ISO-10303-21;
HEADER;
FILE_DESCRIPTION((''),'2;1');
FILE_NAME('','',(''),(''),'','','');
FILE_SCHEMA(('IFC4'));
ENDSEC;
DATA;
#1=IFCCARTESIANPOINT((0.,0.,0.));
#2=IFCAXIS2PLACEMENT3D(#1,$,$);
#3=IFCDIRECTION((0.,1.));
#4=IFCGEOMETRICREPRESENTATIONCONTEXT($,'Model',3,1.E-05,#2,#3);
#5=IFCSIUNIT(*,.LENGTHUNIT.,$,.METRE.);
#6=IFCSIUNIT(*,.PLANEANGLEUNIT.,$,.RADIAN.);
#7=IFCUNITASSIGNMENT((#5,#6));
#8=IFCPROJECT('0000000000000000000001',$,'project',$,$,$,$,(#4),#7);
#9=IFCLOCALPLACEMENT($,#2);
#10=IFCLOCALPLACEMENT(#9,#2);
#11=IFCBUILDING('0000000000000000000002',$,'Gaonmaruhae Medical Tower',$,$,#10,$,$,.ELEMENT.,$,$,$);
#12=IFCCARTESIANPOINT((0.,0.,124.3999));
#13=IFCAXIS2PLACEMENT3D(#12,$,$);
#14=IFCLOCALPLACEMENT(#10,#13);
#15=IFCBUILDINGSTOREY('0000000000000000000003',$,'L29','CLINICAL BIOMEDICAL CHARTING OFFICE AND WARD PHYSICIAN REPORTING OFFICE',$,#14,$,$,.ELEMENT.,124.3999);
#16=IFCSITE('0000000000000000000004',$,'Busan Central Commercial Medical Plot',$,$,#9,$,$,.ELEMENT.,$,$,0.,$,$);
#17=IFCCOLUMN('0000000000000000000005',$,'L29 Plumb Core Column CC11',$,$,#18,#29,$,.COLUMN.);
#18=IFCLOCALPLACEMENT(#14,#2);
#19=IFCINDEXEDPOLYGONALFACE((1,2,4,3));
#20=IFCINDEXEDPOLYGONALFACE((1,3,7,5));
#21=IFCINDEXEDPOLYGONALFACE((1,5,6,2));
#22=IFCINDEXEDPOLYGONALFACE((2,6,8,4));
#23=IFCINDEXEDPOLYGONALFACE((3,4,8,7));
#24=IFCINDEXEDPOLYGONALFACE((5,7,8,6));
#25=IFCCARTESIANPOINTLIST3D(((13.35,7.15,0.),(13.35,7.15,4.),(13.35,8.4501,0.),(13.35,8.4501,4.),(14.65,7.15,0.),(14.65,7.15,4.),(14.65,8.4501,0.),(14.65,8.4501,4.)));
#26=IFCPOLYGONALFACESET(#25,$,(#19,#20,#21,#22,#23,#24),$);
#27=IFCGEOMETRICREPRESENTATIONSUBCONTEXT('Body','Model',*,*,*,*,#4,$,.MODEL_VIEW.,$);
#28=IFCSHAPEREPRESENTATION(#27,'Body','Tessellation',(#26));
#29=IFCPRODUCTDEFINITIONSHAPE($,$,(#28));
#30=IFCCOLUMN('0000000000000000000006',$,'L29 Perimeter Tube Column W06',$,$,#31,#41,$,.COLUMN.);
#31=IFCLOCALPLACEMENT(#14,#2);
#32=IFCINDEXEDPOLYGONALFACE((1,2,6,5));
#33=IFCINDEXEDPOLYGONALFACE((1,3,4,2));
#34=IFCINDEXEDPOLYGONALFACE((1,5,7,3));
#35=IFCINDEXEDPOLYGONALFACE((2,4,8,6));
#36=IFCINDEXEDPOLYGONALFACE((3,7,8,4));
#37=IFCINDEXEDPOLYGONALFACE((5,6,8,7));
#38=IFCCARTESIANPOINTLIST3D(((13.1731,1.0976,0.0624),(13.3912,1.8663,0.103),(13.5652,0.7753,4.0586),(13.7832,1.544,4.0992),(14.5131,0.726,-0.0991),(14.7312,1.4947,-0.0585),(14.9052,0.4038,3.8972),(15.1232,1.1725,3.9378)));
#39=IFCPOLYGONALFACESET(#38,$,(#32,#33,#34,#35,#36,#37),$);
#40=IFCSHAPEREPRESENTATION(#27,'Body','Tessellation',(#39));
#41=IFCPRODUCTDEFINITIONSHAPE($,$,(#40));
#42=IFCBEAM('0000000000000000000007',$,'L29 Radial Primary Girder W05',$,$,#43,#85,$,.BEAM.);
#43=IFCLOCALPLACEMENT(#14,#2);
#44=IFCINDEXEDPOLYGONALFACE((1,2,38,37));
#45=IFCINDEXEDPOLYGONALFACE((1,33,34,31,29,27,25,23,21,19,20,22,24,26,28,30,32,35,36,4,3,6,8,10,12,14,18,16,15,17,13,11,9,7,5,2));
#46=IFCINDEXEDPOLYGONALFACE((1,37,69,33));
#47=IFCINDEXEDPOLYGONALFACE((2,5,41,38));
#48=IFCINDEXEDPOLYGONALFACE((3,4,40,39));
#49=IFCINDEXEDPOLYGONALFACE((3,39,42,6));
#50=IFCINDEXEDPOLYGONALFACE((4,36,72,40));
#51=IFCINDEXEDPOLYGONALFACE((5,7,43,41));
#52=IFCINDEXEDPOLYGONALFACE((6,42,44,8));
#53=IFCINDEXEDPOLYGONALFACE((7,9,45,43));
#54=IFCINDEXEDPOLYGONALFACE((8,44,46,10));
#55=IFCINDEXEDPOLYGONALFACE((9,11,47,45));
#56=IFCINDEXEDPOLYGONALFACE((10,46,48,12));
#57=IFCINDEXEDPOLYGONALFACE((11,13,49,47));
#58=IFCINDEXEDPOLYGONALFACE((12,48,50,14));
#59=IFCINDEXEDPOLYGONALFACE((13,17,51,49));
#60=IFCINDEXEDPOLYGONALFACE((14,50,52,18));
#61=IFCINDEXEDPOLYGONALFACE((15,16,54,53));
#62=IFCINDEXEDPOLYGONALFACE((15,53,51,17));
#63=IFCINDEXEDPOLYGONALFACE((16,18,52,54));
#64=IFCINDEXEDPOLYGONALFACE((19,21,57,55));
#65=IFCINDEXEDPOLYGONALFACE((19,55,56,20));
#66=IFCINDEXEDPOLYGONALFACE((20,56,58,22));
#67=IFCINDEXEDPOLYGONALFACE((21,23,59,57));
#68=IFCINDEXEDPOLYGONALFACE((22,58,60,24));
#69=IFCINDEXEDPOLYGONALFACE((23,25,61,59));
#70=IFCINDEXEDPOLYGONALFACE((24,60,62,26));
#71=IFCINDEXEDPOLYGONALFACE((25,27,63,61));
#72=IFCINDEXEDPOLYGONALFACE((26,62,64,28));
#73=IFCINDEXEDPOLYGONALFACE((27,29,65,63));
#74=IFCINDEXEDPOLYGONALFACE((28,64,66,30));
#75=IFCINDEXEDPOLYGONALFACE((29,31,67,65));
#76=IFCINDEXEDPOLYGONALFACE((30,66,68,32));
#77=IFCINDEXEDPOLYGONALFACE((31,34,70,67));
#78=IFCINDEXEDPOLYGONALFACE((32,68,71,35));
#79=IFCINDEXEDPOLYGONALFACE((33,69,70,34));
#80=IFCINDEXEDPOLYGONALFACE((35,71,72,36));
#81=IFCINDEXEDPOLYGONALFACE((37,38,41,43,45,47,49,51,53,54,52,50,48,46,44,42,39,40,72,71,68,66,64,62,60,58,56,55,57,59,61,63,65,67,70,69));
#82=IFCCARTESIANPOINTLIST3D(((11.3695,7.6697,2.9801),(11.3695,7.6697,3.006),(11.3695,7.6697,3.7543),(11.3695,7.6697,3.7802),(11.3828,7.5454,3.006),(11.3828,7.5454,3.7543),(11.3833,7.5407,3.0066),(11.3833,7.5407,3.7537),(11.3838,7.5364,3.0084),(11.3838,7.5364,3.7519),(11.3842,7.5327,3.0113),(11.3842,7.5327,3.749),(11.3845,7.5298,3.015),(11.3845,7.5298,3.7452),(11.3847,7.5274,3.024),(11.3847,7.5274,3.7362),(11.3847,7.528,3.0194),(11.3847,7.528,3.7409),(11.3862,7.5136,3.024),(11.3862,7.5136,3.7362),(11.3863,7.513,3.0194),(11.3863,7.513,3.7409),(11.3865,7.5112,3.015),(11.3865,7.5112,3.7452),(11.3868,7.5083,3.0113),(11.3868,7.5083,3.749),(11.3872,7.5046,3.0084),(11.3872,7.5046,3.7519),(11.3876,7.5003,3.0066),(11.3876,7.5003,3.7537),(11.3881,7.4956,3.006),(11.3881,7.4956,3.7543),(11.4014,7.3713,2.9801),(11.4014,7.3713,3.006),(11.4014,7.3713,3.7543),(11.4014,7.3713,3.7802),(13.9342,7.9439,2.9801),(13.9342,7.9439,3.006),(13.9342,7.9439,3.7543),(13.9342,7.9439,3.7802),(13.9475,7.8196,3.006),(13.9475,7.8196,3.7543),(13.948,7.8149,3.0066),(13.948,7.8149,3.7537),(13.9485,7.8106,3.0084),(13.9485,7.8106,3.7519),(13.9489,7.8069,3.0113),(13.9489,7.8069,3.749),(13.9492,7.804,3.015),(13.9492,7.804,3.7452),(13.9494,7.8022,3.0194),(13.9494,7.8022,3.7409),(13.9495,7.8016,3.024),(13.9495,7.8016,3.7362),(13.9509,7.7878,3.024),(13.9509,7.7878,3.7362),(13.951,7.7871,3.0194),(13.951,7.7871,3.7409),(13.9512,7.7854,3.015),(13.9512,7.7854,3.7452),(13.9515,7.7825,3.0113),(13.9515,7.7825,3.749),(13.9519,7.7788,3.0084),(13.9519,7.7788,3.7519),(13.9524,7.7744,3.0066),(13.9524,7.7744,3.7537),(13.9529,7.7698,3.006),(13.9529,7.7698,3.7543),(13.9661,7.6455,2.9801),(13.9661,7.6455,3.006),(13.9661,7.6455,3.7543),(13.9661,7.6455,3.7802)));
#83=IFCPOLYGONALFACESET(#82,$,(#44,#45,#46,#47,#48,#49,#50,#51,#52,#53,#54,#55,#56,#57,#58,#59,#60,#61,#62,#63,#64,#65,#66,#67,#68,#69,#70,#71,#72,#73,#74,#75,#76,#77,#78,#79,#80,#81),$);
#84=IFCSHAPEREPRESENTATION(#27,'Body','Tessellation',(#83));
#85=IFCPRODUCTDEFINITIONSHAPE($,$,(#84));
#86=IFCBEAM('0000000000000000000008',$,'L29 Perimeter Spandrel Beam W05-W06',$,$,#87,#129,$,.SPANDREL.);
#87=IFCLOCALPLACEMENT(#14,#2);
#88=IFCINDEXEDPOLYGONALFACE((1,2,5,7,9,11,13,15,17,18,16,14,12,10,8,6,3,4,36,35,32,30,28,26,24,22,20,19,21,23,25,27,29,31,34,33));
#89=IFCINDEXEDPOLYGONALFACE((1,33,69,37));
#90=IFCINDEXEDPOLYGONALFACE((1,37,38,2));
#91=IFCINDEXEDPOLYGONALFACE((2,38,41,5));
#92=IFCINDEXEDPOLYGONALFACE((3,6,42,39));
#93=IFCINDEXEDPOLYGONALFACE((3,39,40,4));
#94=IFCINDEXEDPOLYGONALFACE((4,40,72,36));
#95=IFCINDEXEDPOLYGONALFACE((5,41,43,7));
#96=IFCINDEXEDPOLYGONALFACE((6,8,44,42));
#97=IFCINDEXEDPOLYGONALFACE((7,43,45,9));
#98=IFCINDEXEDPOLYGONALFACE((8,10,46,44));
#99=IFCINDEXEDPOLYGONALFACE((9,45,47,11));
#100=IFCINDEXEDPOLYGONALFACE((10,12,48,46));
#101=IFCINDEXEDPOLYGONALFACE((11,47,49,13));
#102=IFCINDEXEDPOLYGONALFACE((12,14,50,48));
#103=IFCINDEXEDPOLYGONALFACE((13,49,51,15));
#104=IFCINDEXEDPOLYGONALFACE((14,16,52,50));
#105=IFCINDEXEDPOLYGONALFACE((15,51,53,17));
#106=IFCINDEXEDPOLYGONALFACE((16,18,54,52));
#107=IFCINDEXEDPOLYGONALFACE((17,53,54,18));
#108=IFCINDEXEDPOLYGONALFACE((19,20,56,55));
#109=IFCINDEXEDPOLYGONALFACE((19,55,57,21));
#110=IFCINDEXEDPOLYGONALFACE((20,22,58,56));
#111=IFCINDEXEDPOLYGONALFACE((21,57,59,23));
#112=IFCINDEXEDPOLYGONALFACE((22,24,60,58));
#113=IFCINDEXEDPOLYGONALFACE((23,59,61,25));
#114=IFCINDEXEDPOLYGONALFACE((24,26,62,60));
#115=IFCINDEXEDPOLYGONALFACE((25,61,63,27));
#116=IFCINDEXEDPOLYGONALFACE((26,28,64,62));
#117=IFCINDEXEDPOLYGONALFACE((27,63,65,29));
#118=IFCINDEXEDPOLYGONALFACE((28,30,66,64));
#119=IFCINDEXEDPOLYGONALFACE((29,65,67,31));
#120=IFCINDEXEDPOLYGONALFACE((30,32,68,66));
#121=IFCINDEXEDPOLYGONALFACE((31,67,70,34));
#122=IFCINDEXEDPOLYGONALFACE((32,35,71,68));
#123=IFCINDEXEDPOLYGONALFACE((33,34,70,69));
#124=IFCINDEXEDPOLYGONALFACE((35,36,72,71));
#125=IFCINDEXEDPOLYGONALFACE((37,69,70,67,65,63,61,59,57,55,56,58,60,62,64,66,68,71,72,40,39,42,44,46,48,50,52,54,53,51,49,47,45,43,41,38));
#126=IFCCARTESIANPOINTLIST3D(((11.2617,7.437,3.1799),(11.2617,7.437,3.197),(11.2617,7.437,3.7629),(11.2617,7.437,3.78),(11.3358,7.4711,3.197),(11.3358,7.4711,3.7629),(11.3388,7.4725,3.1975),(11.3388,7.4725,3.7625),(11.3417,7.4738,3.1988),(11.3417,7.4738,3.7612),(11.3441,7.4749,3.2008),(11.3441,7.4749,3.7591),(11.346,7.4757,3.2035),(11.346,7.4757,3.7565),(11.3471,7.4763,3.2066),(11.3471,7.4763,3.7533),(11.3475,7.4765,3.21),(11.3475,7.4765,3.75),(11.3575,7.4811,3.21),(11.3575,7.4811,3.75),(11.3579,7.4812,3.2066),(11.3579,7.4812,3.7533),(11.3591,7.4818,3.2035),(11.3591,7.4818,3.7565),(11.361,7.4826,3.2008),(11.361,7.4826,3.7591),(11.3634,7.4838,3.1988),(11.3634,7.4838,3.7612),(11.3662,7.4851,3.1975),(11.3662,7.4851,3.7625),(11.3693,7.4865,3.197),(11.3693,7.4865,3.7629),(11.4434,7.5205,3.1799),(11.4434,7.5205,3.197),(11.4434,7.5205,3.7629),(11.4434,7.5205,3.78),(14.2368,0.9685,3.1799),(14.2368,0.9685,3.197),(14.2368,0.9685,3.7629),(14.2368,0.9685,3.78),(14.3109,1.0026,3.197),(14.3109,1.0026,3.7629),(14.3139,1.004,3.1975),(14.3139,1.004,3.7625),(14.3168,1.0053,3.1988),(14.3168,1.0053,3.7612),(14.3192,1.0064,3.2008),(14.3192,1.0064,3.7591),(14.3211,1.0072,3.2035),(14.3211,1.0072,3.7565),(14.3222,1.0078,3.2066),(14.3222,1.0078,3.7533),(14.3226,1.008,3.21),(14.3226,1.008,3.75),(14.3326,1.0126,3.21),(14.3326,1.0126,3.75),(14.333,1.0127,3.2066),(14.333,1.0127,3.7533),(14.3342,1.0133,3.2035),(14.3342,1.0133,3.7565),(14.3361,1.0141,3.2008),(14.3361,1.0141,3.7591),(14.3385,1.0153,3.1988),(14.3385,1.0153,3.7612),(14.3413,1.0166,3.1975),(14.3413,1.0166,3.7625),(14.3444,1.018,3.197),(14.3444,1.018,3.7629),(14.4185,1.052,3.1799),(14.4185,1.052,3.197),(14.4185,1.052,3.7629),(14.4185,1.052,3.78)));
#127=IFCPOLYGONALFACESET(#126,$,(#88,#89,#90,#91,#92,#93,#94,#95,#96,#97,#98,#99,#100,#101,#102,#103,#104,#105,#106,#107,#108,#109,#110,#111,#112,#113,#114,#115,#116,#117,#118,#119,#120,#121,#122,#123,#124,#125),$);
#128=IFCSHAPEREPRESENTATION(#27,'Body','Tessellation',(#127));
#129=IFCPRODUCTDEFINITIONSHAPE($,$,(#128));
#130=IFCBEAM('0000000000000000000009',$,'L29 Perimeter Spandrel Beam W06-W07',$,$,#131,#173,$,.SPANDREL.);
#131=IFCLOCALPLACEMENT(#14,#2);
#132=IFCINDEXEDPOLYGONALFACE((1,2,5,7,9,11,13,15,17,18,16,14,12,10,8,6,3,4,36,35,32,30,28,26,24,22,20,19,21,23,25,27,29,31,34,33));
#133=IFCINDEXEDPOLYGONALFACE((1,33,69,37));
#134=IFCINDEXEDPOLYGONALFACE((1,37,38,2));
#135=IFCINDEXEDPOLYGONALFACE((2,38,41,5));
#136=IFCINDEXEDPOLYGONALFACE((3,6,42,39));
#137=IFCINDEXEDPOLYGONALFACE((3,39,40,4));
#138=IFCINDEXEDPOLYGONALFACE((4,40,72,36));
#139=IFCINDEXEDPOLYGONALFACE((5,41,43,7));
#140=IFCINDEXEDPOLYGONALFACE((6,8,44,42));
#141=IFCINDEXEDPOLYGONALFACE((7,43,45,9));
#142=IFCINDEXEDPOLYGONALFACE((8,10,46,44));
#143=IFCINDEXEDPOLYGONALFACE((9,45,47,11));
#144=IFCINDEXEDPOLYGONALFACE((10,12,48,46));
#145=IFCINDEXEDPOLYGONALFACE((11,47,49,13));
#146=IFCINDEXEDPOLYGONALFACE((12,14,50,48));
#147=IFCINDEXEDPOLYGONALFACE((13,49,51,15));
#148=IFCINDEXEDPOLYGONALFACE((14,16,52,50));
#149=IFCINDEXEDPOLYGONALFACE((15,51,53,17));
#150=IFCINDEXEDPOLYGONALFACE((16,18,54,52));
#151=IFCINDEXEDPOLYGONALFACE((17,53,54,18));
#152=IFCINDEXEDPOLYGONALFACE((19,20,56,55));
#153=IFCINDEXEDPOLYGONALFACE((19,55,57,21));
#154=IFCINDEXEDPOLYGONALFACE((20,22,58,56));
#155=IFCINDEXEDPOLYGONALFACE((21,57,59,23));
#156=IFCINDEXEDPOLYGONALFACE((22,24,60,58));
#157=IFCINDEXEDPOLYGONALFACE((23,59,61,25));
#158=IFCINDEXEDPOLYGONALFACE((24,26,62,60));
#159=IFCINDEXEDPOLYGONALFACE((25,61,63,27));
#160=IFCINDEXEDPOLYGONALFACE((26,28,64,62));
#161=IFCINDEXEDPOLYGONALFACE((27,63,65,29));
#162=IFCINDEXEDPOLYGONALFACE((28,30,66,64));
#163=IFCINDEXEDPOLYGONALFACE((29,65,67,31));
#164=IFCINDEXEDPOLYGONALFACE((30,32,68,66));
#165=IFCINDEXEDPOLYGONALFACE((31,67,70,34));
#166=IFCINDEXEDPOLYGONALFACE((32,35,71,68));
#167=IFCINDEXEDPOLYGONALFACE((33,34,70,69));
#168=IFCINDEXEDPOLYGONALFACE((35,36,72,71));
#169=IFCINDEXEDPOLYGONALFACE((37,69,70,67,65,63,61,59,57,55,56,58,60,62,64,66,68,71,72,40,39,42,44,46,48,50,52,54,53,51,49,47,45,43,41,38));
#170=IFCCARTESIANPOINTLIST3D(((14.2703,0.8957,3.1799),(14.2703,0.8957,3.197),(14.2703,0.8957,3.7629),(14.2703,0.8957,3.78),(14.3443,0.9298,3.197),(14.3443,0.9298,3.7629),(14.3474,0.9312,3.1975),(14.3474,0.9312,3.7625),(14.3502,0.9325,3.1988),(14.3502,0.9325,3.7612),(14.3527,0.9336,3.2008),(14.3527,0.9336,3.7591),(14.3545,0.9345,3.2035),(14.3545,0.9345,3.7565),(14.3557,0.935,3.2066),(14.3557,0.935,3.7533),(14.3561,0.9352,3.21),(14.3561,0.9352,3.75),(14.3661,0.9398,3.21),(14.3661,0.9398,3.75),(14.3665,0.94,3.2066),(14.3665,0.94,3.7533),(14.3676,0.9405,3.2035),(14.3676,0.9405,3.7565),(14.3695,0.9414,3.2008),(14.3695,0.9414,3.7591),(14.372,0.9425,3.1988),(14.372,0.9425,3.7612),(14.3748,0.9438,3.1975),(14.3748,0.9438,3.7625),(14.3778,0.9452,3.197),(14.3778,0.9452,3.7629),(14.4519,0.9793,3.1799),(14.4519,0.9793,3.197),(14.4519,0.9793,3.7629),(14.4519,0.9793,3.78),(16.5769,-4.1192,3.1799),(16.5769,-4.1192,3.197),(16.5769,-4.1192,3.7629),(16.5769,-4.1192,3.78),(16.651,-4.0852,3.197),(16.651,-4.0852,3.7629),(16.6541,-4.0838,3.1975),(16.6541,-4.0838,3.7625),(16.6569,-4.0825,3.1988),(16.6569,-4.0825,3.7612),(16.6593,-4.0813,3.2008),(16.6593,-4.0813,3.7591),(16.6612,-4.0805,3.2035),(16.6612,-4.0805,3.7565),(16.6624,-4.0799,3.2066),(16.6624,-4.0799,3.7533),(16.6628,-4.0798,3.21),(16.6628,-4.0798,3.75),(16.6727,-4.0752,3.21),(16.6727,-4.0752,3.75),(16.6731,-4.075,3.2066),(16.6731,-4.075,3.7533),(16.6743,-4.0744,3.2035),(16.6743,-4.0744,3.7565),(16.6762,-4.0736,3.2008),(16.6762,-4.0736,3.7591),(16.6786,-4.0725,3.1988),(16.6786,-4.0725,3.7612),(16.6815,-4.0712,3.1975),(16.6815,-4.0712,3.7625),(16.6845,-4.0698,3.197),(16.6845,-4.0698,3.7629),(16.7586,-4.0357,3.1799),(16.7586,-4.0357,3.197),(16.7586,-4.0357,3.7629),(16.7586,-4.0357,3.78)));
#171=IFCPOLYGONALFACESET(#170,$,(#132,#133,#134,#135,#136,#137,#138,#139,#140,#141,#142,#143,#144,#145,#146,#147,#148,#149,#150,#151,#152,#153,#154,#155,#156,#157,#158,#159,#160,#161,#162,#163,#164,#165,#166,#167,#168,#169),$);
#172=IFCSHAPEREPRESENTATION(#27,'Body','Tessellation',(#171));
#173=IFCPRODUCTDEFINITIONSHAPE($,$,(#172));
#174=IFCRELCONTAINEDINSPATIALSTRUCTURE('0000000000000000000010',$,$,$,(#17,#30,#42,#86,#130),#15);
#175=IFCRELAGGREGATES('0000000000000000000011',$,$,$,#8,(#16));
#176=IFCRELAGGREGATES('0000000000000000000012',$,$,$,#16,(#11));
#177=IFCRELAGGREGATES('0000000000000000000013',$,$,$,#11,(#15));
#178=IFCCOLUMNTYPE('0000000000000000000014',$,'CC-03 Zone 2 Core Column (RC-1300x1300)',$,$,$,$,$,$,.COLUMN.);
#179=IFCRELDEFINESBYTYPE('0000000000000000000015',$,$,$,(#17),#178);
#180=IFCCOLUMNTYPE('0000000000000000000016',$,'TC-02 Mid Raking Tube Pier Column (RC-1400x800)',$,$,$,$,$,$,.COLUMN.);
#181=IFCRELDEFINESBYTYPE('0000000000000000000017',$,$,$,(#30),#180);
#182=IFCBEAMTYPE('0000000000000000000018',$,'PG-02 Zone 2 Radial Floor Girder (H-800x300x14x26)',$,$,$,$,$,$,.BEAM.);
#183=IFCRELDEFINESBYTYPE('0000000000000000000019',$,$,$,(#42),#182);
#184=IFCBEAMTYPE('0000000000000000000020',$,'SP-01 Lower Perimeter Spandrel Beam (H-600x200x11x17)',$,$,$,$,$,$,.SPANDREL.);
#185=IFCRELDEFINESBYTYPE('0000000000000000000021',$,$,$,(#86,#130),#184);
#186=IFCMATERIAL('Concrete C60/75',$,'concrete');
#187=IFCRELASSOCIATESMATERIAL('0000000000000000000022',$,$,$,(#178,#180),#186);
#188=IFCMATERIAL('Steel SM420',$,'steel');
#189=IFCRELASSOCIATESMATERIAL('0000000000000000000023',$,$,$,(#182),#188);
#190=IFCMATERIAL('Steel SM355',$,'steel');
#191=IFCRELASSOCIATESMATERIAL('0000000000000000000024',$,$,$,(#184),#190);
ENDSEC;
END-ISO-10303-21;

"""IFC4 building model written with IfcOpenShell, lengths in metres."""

from ifc_helpers import new_model, si_unit, direction, frame, origin, origin_2d, place, context, subcontext, project, spatial, rectangle, i_section, extrude, material, material_profile, profile_set, type_object, element, save


model = new_model("IFC4")

# Units and contexts
model_context = context("Model", 3, precision=1e-05, world=origin(), true_north=direction((0.0, 1.0)))
body_context = subcontext(model_context, "Body", "Model", "MODEL_VIEW")
ifc_project = project(units=[si_unit("LENGTHUNIT", "METRE"), si_unit("PLANEANGLEUNIT", "RADIAN")], contexts=[model_context])

# Site, building, storey
site_placement = place(None, origin())
site = spatial("IfcSite", under=ifc_project, at=site_placement, Name="Busan Central Commercial Medical Plot", CompositionType="ELEMENT", RefElevation=0.0)
building_placement = place(site_placement, origin())
building = spatial("IfcBuilding", under=site, at=building_placement, Name="Gaonmaruhae Medical Tower", CompositionType="ELEMENT")
storey_placement = place(building_placement, frame((0.0, 0.0, 124.3999)))
storey = spatial("IfcBuildingStorey", under=building, at=storey_placement, Name="L29", Description="CLINICAL BIOMEDICAL CHARTING OFFICE AND WARD PHYSICIAN REPORTING OFFICE", CompositionType="ELEMENT", Elevation=124.3999)

# Columns
ifc_material_1 = material(Name="Concrete C60/75", Category="concrete")
ifc_material_profile_1 = material_profile(ifc_material_1, rectangle(XDim=1.3, YDim=1.3, at=origin_2d()), Name="RC-1300x1300")
ifc_profile_set_1 = profile_set([ifc_material_profile_1], Name="Concrete C60/75")
column_type_1 = type_object("IfcColumnType", Name="CC-03 Zone 2 Core Column (RC-1300x1300)", PredefinedType="COLUMN", material=ifc_profile_set_1)
column_1_placement = place(storey_placement, frame((14.0, 7.8, 0.0), z_axis=(0.0, 0.0, 1.0), x_axis=(1.0, 0.0, 0.0)))
element("IfcColumn", 1, at=column_1_placement, inside=storey, type_object=column_type_1, Name="L29 Plumb Core Column CC11", PredefinedType="COLUMN", context=body_context, shape_type="SweptSolid", body=[
    extrude(rectangle(XDim=1.3, YDim=1.3, at=origin_2d()), origin(), (0.0, 0.0, 1.0), 4.0),
])
ifc_material_profile_2 = material_profile(ifc_material_1, rectangle(XDim=1.3999, YDim=0.8, at=origin_2d()), Name="RC-1400x800")
ifc_profile_set_2 = profile_set([ifc_material_profile_2], Name="Concrete C60/75")
column_type_2 = type_object("IfcColumnType", Name="TC-02 Mid Raking Tube Pier Column (RC-1400x800)", PredefinedType="COLUMN", material=ifc_profile_set_2)
column_2_placement = place(storey_placement, frame((13.9521, 1.2961, 0.002), z_axis=(0.097331, -0.079998, 0.992032), x_axis=(-0.957211, 0.265422, 0.115318)))
element("IfcColumn", 2, at=column_2_placement, inside=storey, type_object=column_type_2, Name="L29 Perimeter Tube Column W06", PredefinedType="COLUMN", context=body_context, shape_type="SweptSolid", body=[
    extrude(rectangle(XDim=1.3999, YDim=0.8, at=origin_2d()), origin(), (0.0, 0.0, 1.0), 4.0283),
])

# Beams
ifc_material_2 = material(Name="Steel SM420", Category="steel")
ifc_material_profile_3 = material_profile(ifc_material_2, i_section(OverallWidth=0.3, OverallDepth=0.8, WebThickness=0.0139, FlangeThickness=0.0259, FilletRadius=0.0181, at=origin_2d()), Name="H-800x300x14x26")
ifc_profile_set_3 = profile_set([ifc_material_profile_3], Name="Steel SM420")
beam_type_1 = type_object("IfcBeamType", Name="PG-02 Zone 2 Radial Floor Girder (H-800x300x14x26)", PredefinedType="BEAM", material=ifc_profile_set_3)
beam_1_placement = place(storey_placement, frame((13.9502, 7.7947, 3.3801), z_axis=(-0.994335, -0.106296, 0.0), x_axis=(0.106296, -0.994335, 0.0)))
element("IfcBeam", 3, at=beam_1_placement, inside=storey, type_object=beam_type_1, Name="L29 Radial Primary Girder W05", PredefinedType="BEAM", context=body_context, shape_type="SweptSolid", body=[
    extrude(i_section(OverallWidth=0.3, OverallDepth=0.8, WebThickness=0.0139, FlangeThickness=0.0259, FilletRadius=0.0181, at=origin_2d()), origin(), (0.0, 0.0, 1.0), 2.5793),
])
ifc_material_3 = material(Name="Steel SM355", Category="steel")
ifc_material_profile_4 = material_profile(ifc_material_3, i_section(OverallWidth=0.2, OverallDepth=0.6001, WebThickness=0.011, FlangeThickness=0.0171, FilletRadius=0.0129, at=origin_2d()), Name="H-600x200x11x17")
ifc_profile_set_4 = profile_set([ifc_material_profile_4], Name="Steel SM355")
beam_type_2 = type_object("IfcBeamType", Name="SP-01 Lower Perimeter Spandrel Beam (H-600x200x11x17)", PredefinedType="SPANDREL", material=ifc_profile_set_4)
beam_2_placement = place(storey_placement, frame((11.3525, 7.4788, 3.48), z_axis=(0.417857, -0.908513, 0.0), x_axis=(0.908513, 0.417857, 0.0)))
element("IfcBeam", 4, at=beam_2_placement, inside=storey, type_object=beam_type_2, Name="L29 Perimeter Spandrel Beam W05-W06", PredefinedType="SPANDREL", context=body_context, shape_type="SweptSolid", body=[
    extrude(i_section(OverallWidth=0.2, OverallDepth=0.6001, WebThickness=0.011, FlangeThickness=0.0171, FilletRadius=0.0129, at=origin_2d()), origin(), (0.0, 0.0, 1.0), 7.1199),
])
beam_3_placement = place(storey_placement, frame((14.3611, 0.9375, 3.48), z_axis=(0.417874, -0.908505, 0.0), x_axis=(0.908505, 0.417874, 0.0)))
element("IfcBeam", 5, at=beam_3_placement, inside=storey, type_object=beam_type_2, Name="L29 Perimeter Spandrel Beam W06-W07", PredefinedType="SPANDREL", context=body_context, shape_type="SweptSolid", body=[
    extrude(i_section(OverallWidth=0.2, OverallDepth=0.6001, WebThickness=0.011, FlangeThickness=0.0171, FilletRadius=0.0129, at=origin_2d()), origin(), (0.0, 0.0, 1.0), 5.52),
])

save(model, "model.ifc")
